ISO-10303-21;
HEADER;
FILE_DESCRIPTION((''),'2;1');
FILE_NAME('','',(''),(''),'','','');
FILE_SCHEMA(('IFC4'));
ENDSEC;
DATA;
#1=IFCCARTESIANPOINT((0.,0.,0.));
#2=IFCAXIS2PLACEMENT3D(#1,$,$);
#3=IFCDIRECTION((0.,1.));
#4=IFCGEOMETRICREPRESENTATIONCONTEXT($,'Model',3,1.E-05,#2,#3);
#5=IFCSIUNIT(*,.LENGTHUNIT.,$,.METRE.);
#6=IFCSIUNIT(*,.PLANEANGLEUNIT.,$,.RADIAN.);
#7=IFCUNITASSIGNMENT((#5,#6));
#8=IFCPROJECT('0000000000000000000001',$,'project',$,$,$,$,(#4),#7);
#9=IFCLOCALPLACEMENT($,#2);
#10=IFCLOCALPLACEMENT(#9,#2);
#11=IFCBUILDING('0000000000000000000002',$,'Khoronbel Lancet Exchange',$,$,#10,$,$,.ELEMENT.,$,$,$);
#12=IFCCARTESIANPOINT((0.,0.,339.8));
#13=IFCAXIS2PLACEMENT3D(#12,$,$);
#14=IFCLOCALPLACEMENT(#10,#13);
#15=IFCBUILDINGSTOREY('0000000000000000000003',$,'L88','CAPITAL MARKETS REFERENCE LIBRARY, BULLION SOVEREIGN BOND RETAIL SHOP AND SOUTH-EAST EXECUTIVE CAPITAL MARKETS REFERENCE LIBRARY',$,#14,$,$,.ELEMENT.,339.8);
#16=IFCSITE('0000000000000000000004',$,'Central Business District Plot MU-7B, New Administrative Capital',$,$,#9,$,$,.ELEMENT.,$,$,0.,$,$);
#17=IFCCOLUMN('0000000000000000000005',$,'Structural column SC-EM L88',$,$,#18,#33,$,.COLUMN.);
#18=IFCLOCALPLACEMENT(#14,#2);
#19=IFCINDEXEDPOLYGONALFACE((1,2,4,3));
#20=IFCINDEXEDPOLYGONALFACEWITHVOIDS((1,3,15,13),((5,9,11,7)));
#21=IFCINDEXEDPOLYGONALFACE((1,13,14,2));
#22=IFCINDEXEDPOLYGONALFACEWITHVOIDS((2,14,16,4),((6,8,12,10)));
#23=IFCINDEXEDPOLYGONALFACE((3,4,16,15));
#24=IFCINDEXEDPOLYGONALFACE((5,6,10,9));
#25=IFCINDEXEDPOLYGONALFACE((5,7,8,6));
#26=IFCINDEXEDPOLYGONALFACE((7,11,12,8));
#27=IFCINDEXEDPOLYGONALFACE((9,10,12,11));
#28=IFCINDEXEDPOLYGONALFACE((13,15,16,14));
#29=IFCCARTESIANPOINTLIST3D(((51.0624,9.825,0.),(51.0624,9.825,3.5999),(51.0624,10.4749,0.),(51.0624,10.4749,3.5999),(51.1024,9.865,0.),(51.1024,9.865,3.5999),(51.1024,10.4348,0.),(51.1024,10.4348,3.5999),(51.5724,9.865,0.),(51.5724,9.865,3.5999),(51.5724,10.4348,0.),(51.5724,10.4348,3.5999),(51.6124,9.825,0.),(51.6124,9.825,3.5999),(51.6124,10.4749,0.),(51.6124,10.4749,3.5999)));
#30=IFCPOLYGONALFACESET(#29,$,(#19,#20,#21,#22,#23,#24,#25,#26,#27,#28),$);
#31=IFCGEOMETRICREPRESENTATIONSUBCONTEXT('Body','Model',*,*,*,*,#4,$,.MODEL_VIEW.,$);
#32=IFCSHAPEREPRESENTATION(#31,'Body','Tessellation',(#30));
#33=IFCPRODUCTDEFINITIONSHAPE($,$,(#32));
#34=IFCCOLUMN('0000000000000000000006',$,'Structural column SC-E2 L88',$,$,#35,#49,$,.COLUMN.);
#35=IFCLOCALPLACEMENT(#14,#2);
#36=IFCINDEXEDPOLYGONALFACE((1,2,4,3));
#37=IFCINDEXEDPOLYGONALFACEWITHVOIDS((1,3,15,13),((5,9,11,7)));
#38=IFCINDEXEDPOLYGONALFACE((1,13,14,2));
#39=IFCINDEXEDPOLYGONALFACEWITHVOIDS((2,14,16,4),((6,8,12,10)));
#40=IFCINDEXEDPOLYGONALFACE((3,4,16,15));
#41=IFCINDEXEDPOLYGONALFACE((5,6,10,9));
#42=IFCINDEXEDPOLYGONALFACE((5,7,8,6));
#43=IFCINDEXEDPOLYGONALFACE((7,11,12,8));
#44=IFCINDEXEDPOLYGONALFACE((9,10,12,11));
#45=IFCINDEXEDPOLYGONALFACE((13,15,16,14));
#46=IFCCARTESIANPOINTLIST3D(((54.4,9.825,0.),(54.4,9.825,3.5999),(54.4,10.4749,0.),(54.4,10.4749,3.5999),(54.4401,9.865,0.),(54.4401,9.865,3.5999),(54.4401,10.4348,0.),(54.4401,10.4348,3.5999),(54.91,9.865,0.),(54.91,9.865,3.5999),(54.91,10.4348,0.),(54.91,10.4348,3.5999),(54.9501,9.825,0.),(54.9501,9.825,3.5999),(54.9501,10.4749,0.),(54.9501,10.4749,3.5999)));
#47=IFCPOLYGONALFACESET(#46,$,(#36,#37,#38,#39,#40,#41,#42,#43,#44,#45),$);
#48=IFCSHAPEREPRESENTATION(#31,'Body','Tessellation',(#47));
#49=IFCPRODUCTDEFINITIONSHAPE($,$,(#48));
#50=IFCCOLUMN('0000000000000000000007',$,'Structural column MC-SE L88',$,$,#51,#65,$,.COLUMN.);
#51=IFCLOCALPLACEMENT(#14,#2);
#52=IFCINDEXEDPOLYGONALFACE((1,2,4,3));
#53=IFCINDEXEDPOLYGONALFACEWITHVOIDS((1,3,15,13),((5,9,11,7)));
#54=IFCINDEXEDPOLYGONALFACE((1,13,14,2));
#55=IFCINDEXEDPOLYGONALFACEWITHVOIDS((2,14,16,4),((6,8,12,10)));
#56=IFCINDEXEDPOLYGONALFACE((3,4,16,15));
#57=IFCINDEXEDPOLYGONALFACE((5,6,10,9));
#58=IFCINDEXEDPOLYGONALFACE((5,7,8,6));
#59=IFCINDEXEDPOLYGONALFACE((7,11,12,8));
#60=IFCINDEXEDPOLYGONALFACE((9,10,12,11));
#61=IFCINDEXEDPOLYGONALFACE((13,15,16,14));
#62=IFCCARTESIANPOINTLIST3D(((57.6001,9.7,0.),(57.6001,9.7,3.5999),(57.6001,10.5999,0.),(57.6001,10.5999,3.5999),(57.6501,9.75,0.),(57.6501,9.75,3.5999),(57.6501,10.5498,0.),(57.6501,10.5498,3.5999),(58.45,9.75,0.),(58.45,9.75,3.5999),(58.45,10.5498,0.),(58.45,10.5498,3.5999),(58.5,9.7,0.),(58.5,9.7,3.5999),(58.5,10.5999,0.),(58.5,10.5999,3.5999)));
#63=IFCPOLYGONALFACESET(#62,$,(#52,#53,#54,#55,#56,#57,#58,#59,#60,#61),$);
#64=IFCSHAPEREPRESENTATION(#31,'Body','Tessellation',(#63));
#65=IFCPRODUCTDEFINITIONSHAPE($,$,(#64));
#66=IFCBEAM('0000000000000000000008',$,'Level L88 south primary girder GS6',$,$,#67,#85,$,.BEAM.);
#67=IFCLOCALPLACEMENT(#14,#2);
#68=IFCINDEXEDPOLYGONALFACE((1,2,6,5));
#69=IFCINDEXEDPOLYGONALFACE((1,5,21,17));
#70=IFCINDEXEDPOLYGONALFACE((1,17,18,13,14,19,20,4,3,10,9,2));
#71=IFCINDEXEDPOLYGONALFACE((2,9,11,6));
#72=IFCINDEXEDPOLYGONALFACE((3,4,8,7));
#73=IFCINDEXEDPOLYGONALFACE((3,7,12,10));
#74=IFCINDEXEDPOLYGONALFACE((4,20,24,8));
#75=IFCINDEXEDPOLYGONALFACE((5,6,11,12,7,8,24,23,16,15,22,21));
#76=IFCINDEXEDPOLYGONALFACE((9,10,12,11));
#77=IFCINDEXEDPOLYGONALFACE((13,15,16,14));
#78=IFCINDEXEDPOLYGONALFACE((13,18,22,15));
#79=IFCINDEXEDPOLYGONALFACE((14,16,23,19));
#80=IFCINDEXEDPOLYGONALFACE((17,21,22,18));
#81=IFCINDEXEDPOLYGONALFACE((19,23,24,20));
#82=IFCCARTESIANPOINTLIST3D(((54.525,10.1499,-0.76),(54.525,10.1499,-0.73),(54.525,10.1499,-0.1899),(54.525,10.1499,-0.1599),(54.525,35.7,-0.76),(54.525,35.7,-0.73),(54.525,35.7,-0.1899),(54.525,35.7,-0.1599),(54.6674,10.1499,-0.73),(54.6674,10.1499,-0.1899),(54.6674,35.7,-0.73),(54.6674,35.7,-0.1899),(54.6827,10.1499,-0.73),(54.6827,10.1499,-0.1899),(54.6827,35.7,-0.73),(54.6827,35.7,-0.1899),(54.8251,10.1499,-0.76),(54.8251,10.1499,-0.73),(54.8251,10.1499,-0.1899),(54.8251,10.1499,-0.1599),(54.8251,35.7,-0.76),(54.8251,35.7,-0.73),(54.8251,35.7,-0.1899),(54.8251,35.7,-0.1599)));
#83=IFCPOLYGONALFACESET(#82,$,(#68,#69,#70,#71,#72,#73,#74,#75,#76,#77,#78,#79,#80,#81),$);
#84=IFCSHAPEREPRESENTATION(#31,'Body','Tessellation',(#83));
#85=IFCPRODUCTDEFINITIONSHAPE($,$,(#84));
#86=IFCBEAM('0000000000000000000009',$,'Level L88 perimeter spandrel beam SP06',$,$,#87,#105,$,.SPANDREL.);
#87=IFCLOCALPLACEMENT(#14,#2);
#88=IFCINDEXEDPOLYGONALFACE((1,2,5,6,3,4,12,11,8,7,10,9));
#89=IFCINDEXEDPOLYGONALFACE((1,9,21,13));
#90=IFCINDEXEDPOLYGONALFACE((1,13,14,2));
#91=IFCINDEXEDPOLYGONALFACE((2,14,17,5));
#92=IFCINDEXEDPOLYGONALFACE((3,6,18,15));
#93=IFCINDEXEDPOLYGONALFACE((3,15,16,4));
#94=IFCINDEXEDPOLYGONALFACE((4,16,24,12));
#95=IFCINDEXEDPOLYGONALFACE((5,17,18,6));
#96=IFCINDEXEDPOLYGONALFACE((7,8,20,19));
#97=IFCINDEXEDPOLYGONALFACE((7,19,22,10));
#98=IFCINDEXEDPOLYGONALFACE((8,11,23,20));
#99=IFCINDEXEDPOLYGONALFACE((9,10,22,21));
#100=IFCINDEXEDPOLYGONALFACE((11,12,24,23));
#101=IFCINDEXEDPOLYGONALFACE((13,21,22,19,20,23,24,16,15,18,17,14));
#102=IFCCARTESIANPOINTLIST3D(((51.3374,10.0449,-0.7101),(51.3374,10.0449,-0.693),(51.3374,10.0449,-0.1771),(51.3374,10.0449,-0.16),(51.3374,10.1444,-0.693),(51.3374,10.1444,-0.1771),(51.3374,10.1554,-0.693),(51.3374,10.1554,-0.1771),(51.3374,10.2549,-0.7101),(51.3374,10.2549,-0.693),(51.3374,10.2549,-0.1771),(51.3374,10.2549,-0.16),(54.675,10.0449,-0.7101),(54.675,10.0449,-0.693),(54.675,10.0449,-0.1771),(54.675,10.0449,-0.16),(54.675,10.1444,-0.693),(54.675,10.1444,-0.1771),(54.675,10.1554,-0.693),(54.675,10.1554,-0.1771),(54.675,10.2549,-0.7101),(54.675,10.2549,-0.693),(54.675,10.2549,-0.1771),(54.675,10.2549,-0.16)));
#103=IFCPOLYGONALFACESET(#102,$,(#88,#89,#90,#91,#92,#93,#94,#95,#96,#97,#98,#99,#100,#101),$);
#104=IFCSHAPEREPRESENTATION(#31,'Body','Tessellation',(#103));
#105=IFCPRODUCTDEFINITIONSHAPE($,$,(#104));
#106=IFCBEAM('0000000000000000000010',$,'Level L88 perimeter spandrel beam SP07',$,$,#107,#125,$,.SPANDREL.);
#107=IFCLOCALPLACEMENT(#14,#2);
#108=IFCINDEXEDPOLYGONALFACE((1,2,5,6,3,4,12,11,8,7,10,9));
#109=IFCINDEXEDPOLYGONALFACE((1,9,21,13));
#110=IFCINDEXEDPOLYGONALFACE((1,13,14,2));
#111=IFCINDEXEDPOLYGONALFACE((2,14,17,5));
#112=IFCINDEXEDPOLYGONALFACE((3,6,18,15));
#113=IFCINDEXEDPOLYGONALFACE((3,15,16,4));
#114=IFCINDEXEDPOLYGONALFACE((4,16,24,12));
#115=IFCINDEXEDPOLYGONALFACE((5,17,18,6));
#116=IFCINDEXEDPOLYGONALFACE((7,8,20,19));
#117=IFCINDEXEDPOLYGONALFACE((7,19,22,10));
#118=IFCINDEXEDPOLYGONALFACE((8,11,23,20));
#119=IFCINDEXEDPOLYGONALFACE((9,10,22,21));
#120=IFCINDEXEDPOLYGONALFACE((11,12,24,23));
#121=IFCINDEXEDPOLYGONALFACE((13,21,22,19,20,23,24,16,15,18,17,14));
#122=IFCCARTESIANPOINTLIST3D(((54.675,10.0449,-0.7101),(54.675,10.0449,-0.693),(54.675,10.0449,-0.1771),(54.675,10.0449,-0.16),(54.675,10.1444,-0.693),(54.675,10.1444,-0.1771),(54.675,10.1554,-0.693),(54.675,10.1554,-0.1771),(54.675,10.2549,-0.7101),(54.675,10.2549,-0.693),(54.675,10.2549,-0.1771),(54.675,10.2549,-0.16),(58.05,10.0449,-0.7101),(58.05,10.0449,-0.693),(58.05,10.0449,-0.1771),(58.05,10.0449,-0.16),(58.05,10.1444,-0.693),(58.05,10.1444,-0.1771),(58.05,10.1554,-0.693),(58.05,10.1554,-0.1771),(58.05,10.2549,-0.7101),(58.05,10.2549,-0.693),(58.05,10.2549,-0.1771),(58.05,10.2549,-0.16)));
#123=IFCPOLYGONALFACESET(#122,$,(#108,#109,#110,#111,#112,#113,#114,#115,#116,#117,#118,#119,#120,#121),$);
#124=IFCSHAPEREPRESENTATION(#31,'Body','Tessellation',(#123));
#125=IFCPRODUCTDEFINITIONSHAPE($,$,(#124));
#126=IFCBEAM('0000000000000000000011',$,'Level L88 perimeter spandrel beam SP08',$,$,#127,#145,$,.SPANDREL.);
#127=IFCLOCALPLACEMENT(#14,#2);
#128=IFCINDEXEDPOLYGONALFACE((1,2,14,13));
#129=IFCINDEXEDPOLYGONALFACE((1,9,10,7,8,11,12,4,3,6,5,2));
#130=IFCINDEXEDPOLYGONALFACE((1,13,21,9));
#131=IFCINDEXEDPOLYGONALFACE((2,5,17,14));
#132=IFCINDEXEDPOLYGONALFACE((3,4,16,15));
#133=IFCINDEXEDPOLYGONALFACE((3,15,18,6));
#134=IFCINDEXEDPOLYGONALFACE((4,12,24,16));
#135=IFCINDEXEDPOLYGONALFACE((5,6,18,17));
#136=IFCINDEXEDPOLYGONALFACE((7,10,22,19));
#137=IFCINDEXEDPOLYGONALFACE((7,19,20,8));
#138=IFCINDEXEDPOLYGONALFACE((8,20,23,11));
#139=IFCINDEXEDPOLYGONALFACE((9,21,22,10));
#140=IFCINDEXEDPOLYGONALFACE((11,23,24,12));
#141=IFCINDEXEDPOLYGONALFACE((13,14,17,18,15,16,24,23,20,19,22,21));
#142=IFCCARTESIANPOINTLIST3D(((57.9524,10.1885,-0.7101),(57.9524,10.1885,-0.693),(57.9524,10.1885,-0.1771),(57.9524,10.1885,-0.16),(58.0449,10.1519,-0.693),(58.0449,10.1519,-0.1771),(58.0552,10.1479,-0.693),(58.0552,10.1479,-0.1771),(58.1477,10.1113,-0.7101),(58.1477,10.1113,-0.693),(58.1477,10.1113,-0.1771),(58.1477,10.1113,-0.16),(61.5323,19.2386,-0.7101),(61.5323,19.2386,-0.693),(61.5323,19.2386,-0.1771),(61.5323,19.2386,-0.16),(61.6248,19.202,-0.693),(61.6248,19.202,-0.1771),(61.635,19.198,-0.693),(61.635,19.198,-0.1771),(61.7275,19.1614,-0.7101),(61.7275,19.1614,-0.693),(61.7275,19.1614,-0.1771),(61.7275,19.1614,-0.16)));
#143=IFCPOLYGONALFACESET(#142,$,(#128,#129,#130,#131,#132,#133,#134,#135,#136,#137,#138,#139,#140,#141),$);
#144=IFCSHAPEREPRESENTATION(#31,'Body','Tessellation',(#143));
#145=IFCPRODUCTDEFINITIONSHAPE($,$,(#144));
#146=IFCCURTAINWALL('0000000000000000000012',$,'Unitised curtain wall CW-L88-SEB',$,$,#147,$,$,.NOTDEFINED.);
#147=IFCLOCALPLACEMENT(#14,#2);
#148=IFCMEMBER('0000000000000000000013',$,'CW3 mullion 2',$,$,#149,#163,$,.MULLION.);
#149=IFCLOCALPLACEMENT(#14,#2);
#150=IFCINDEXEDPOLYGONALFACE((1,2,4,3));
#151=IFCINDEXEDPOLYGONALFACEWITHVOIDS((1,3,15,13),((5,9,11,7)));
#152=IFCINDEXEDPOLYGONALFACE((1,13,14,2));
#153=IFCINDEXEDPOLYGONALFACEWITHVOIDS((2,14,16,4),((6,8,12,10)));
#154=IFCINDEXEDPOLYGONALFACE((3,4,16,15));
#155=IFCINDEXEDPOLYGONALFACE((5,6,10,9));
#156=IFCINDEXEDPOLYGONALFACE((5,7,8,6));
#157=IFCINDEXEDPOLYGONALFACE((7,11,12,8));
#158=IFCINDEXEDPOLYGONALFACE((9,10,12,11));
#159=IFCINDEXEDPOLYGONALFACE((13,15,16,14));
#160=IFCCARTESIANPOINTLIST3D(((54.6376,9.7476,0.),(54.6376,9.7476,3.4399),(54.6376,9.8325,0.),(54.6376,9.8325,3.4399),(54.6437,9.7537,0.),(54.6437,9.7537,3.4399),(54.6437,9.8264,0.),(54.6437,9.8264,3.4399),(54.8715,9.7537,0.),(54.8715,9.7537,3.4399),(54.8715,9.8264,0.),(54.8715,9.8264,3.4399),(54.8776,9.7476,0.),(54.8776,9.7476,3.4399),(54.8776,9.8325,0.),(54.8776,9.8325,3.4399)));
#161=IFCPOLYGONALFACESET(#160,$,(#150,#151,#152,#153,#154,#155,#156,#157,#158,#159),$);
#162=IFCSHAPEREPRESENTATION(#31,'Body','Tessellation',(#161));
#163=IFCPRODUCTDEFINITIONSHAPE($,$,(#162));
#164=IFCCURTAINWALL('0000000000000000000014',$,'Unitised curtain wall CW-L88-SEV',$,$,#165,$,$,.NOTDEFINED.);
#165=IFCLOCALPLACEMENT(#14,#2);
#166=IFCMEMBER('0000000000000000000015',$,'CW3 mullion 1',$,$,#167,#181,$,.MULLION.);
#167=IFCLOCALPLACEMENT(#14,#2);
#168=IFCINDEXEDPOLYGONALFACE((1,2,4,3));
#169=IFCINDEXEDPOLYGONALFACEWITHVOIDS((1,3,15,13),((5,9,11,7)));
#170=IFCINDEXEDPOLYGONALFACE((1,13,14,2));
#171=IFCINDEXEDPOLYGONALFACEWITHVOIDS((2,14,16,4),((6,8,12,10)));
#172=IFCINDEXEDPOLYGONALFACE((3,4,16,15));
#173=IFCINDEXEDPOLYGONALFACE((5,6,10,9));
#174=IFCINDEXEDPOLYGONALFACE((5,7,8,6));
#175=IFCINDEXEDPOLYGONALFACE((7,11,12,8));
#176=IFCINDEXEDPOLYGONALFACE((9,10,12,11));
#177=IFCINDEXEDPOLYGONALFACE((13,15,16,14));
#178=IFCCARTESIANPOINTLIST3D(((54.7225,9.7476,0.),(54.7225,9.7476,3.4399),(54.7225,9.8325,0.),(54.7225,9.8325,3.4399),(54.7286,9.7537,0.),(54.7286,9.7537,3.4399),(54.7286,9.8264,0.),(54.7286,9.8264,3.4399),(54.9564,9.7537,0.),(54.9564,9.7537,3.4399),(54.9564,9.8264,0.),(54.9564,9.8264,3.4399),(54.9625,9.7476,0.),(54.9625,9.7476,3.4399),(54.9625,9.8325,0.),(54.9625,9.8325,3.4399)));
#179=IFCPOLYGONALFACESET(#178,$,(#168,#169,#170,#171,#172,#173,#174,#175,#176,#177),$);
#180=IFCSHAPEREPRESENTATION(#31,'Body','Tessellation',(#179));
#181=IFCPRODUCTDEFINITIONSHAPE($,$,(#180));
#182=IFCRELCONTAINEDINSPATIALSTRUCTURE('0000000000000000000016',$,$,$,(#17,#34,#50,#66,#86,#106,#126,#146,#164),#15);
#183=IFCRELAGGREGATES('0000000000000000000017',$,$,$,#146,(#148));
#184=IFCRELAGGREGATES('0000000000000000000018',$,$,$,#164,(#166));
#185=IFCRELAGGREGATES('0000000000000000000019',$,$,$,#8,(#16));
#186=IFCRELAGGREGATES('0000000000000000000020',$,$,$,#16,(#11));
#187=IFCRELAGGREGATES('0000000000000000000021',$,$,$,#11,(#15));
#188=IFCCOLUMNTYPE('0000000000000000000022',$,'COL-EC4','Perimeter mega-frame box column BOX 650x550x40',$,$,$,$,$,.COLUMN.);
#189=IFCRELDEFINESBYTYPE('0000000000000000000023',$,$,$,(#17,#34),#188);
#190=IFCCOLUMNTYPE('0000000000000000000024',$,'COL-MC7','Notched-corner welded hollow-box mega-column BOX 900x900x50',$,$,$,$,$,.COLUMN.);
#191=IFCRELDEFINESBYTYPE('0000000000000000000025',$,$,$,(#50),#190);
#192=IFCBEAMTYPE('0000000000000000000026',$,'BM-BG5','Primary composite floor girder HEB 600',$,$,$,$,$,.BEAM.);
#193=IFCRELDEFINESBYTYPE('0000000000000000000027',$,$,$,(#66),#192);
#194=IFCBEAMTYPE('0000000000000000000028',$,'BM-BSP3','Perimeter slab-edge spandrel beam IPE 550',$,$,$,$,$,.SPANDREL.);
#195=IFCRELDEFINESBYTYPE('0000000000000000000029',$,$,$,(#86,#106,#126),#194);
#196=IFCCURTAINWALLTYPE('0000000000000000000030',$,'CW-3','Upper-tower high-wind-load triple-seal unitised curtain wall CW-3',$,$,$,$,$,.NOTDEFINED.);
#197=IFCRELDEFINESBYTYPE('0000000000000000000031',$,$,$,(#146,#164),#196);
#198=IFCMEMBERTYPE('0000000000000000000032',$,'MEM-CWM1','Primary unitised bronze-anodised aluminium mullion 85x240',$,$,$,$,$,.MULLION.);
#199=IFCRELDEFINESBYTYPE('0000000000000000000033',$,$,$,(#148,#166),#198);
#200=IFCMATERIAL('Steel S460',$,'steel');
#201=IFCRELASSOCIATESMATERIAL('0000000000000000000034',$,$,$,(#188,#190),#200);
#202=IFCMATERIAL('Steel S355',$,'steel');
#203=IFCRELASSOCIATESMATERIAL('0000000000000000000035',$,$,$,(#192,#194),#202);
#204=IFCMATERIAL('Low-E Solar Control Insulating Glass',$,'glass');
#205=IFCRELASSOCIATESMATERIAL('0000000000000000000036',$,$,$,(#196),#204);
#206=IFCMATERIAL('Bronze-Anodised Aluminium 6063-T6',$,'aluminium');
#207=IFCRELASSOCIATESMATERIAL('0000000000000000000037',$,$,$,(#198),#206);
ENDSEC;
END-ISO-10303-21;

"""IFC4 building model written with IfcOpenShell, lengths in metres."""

from ifc_helpers import new_model, si_unit, direction, frame, origin, origin_2d, place, context, subcontext, project, spatial, hollow_rectangle, i_section, extrude, material, material_profile, profile_set, type_object, element, aggregate, save


model = new_model("IFC4")

# Units and contexts
model_context = context("Model", 3, precision=1e-05, world=origin(), true_north=direction((0.0, 1.0)))
body_context = subcontext(model_context, "Body", "Model", "MODEL_VIEW")
ifc_project = project(units=[si_unit("LENGTHUNIT", "METRE"), si_unit("PLANEANGLEUNIT", "RADIAN")], contexts=[model_context])

# Site, building, storey
site_placement = place(None, origin())
site = spatial("IfcSite", under=ifc_project, at=site_placement, Name="Central Business District Plot MU-7B, New Administrative Capital", CompositionType="ELEMENT", RefElevation=0.0)
building_placement = place(site_placement, origin())
building = spatial("IfcBuilding", under=site, at=building_placement, Name="Khoronbel Lancet Exchange", CompositionType="ELEMENT")
storey_placement = place(building_placement, frame((0.0, 0.0, 339.8)))
storey = spatial("IfcBuildingStorey", under=building, at=storey_placement, Name="L88", Description="CAPITAL MARKETS REFERENCE LIBRARY, BULLION SOVEREIGN BOND RETAIL SHOP AND SOUTH-EAST EXECUTIVE CAPITAL MARKETS REFERENCE LIBRARY", CompositionType="ELEMENT", Elevation=339.8)

# Columns
ifc_material_1 = material(Name="Steel S460", Category="steel")
ifc_material_profile_1 = material_profile(ifc_material_1, hollow_rectangle(XDim=0.55, YDim=0.6499, WallThickness=0.04, at=origin_2d()), Name="BOX 650x550x40")
ifc_profile_set_1 = profile_set([ifc_material_profile_1], Name="Steel S460")
column_type_1 = type_object("IfcColumnType", Name="COL-EC4", Description="Perimeter mega-frame box column BOX 650x550x40", PredefinedType="COLUMN", material=ifc_profile_set_1)
for number, where, z_axis, x_axis, name in (
    (1, (51.3374, 10.1499, 0.0), (0.0, 0.0, 1.0), (1.0, 0.0, 0.0), "Structural column SC-EM L88"),
    (2, (54.675, 10.1499, 0.0), (0.0, 0.0, 1.0), (1.0, 0.0, 0.0), "Structural column SC-E2 L88"),
):
    element("IfcColumn", number, at=place(storey_placement, frame(where, z_axis=z_axis, x_axis=x_axis)), inside=storey, type_object=column_type_1, Name=name, PredefinedType="COLUMN", context=body_context, shape_type="SweptSolid", body=[
        extrude(hollow_rectangle(XDim=0.55, YDim=0.6499, WallThickness=0.04, at=origin_2d()), origin(), (0.0, 0.0, 1.0), 3.5999),
    ])
ifc_material_profile_2 = material_profile(ifc_material_1, hollow_rectangle(XDim=0.8999, YDim=0.8999, WallThickness=0.05, at=origin_2d()), Name="BOX 900x900x50")
ifc_profile_set_2 = profile_set([ifc_material_profile_2], Name="Steel S460")
column_type_2 = type_object("IfcColumnType", Name="COL-MC7", Description="Notched-corner welded hollow-box mega-column BOX 900x900x50", PredefinedType="COLUMN", material=ifc_profile_set_2)
column_placement = place(storey_placement, frame((58.05, 10.1499, 0.0), z_axis=(0.0, 0.0, 1.0), x_axis=(1.0, 0.0, 0.0)))
element("IfcColumn", 3, at=column_placement, inside=storey, type_object=column_type_2, Name="Structural column MC-SE L88", PredefinedType="COLUMN", context=body_context, shape_type="SweptSolid", body=[
    extrude(hollow_rectangle(XDim=0.8999, YDim=0.8999, WallThickness=0.05, at=origin_2d()), origin(), (0.0, 0.0, 1.0), 3.5999),
])

# Beams
ifc_material_2 = material(Name="Steel S355", Category="steel")
ifc_material_profile_3 = material_profile(ifc_material_2, i_section(OverallWidth=0.3, OverallDepth=0.6001, WebThickness=0.0154, FlangeThickness=0.03, at=origin_2d()), Name="HEB 600")
ifc_profile_set_3 = profile_set([ifc_material_profile_3], Name="Steel S355")
beam_type_1 = type_object("IfcBeamType", Name="BM-BG5", Description="Primary composite floor girder HEB 600", PredefinedType="BEAM", material=ifc_profile_set_3)
beam_1_placement = place(storey_placement, frame((54.675, 10.1499, -0.46), z_axis=(0.0, 1.0, 0.0), x_axis=(-1.0, 0.0, 0.0)))
element("IfcBeam", 4, at=beam_1_placement, inside=storey, type_object=beam_type_1, Name="Level L88 south primary girder GS6", PredefinedType="BEAM", context=body_context, shape_type="SweptSolid", body=[
    extrude(i_section(OverallWidth=0.3, OverallDepth=0.6001, WebThickness=0.0154, FlangeThickness=0.03, at=origin_2d()), origin(), (0.0, 0.0, 1.0), 25.55),
])
ifc_material_profile_4 = material_profile(ifc_material_2, i_section(OverallWidth=0.21, OverallDepth=0.55, WebThickness=0.011, FlangeThickness=0.0171, at=origin_2d()), Name="IPE 550")
ifc_profile_set_4 = profile_set([ifc_material_profile_4], Name="Steel S355")
beam_type_2 = type_object("IfcBeamType", Name="BM-BSP3", Description="Perimeter slab-edge spandrel beam IPE 550", PredefinedType="SPANDREL", material=ifc_profile_set_4)
beam_2_placement = place(storey_placement, frame((51.3374, 10.1499, -0.4351), z_axis=(1.0, 0.0, 0.0), x_axis=(0.0, 1.0, 0.0)))
element("IfcBeam", 5, at=beam_2_placement, inside=storey, type_object=beam_type_2, Name="Level L88 perimeter spandrel beam SP06", PredefinedType="SPANDREL", context=body_context, shape_type="SweptSolid", body=[
    extrude(i_section(OverallWidth=0.21, OverallDepth=0.55, WebThickness=0.011, FlangeThickness=0.0171, at=origin_2d()), origin(), (0.0, 0.0, 1.0), 3.3376),
])
beam_3_placement = place(storey_placement, frame((54.675, 10.1499, -0.4351), z_axis=(1.0, 0.0, 0.0), x_axis=(0.0, 1.0, 0.0)))
element("IfcBeam", 6, at=beam_3_placement, inside=storey, type_object=beam_type_2, Name="Level L88 perimeter spandrel beam SP07", PredefinedType="SPANDREL", context=body_context, shape_type="SweptSolid", body=[
    extrude(i_section(OverallWidth=0.21, OverallDepth=0.55, WebThickness=0.011, FlangeThickness=0.0171, at=origin_2d()), origin(), (0.0, 0.0, 1.0), 3.375),
])
beam_4_placement = place(storey_placement, frame((58.05, 10.1499, -0.4351), z_axis=(0.367828, 0.929894, 0.0), x_axis=(-0.929894, 0.367828, 0.0)))
element("IfcBeam", 7, at=beam_4_placement, inside=storey, type_object=beam_type_2, Name="Level L88 perimeter spandrel beam SP08", PredefinedType="SPANDREL", context=body_context, shape_type="SweptSolid", body=[
    extrude(i_section(OverallWidth=0.21, OverallDepth=0.55, WebThickness=0.011, FlangeThickness=0.0171, at=origin_2d()), origin(), (0.0, 0.0, 1.0), 9.7324),
])

# Curtain wall, member
ifc_material_3 = material(Name="Low-E Solar Control Insulating Glass", Category="glass")
curtain_wall_type = type_object("IfcCurtainWallType", Name="CW-3", Description="Upper-tower high-wind-load triple-seal unitised curtain wall CW-3", PredefinedType="NOTDEFINED", material=ifc_material_3)
curtain_wall_1_placement = place(storey_placement, origin())
curtain_wall_1 = element("IfcCurtainWall", 8, at=curtain_wall_1_placement, inside=storey, type_object=curtain_wall_type, Name="Unitised curtain wall CW-L88-SEB", PredefinedType="NOTDEFINED")
ifc_material_4 = material(Name="Bronze-Anodised Aluminium 6063-T6", Category="aluminium")
ifc_material_profile_5 = material_profile(ifc_material_4, hollow_rectangle(XDim=0.085, YDim=0.24, WallThickness=0.0061, at=origin_2d()), Name="ALU MULLION 85x240")
ifc_profile_set_5 = profile_set([ifc_material_profile_5], Name="Bronze-Anodised Aluminium 6063-T6")
member_type_1 = type_object("IfcMemberType", Name="MEM-CWM1", Description="Primary unitised bronze-anodised aluminium mullion 85x240", PredefinedType="MULLION", material=ifc_profile_set_5)
member_1_placement = place(storey_placement, frame((54.7576, 9.79, 0.0), z_axis=(0.0, 0.0, 1.0), x_axis=(0.0, 1.0, 0.0)))
member_1 = element("IfcMember", 9, at=member_1_placement, type_object=member_type_1, Name="CW3 mullion 2", PredefinedType="MULLION", context=body_context, shape_type="SweptSolid", body=[
    extrude(hollow_rectangle(XDim=0.085, YDim=0.24, WallThickness=0.0061, at=origin_2d()), origin(), (0.0, 0.0, 1.0), 3.4399),
])

# Curtain wall, member
curtain_wall_2_placement = place(storey_placement, origin())
curtain_wall_2 = element("IfcCurtainWall", 10, at=curtain_wall_2_placement, inside=storey, type_object=curtain_wall_type, Name="Unitised curtain wall CW-L88-SEV", PredefinedType="NOTDEFINED")
member_2_placement = place(storey_placement, frame((54.8425, 9.79, 0.0), z_axis=(0.0, 0.0, 1.0), x_axis=(0.0, 1.0, 0.0)))
member_2 = element("IfcMember", 11, at=member_2_placement, type_object=member_type_1, Name="CW3 mullion 1", PredefinedType="MULLION", context=body_context, shape_type="SweptSolid", body=[
    extrude(hollow_rectangle(XDim=0.085, YDim=0.24, WallThickness=0.0061, at=origin_2d()), origin(), (0.0, 0.0, 1.0), 3.4399),
])

aggregate(curtain_wall_1, [member_1])
aggregate(curtain_wall_2, [member_2])

save(model, "model.ifc")
